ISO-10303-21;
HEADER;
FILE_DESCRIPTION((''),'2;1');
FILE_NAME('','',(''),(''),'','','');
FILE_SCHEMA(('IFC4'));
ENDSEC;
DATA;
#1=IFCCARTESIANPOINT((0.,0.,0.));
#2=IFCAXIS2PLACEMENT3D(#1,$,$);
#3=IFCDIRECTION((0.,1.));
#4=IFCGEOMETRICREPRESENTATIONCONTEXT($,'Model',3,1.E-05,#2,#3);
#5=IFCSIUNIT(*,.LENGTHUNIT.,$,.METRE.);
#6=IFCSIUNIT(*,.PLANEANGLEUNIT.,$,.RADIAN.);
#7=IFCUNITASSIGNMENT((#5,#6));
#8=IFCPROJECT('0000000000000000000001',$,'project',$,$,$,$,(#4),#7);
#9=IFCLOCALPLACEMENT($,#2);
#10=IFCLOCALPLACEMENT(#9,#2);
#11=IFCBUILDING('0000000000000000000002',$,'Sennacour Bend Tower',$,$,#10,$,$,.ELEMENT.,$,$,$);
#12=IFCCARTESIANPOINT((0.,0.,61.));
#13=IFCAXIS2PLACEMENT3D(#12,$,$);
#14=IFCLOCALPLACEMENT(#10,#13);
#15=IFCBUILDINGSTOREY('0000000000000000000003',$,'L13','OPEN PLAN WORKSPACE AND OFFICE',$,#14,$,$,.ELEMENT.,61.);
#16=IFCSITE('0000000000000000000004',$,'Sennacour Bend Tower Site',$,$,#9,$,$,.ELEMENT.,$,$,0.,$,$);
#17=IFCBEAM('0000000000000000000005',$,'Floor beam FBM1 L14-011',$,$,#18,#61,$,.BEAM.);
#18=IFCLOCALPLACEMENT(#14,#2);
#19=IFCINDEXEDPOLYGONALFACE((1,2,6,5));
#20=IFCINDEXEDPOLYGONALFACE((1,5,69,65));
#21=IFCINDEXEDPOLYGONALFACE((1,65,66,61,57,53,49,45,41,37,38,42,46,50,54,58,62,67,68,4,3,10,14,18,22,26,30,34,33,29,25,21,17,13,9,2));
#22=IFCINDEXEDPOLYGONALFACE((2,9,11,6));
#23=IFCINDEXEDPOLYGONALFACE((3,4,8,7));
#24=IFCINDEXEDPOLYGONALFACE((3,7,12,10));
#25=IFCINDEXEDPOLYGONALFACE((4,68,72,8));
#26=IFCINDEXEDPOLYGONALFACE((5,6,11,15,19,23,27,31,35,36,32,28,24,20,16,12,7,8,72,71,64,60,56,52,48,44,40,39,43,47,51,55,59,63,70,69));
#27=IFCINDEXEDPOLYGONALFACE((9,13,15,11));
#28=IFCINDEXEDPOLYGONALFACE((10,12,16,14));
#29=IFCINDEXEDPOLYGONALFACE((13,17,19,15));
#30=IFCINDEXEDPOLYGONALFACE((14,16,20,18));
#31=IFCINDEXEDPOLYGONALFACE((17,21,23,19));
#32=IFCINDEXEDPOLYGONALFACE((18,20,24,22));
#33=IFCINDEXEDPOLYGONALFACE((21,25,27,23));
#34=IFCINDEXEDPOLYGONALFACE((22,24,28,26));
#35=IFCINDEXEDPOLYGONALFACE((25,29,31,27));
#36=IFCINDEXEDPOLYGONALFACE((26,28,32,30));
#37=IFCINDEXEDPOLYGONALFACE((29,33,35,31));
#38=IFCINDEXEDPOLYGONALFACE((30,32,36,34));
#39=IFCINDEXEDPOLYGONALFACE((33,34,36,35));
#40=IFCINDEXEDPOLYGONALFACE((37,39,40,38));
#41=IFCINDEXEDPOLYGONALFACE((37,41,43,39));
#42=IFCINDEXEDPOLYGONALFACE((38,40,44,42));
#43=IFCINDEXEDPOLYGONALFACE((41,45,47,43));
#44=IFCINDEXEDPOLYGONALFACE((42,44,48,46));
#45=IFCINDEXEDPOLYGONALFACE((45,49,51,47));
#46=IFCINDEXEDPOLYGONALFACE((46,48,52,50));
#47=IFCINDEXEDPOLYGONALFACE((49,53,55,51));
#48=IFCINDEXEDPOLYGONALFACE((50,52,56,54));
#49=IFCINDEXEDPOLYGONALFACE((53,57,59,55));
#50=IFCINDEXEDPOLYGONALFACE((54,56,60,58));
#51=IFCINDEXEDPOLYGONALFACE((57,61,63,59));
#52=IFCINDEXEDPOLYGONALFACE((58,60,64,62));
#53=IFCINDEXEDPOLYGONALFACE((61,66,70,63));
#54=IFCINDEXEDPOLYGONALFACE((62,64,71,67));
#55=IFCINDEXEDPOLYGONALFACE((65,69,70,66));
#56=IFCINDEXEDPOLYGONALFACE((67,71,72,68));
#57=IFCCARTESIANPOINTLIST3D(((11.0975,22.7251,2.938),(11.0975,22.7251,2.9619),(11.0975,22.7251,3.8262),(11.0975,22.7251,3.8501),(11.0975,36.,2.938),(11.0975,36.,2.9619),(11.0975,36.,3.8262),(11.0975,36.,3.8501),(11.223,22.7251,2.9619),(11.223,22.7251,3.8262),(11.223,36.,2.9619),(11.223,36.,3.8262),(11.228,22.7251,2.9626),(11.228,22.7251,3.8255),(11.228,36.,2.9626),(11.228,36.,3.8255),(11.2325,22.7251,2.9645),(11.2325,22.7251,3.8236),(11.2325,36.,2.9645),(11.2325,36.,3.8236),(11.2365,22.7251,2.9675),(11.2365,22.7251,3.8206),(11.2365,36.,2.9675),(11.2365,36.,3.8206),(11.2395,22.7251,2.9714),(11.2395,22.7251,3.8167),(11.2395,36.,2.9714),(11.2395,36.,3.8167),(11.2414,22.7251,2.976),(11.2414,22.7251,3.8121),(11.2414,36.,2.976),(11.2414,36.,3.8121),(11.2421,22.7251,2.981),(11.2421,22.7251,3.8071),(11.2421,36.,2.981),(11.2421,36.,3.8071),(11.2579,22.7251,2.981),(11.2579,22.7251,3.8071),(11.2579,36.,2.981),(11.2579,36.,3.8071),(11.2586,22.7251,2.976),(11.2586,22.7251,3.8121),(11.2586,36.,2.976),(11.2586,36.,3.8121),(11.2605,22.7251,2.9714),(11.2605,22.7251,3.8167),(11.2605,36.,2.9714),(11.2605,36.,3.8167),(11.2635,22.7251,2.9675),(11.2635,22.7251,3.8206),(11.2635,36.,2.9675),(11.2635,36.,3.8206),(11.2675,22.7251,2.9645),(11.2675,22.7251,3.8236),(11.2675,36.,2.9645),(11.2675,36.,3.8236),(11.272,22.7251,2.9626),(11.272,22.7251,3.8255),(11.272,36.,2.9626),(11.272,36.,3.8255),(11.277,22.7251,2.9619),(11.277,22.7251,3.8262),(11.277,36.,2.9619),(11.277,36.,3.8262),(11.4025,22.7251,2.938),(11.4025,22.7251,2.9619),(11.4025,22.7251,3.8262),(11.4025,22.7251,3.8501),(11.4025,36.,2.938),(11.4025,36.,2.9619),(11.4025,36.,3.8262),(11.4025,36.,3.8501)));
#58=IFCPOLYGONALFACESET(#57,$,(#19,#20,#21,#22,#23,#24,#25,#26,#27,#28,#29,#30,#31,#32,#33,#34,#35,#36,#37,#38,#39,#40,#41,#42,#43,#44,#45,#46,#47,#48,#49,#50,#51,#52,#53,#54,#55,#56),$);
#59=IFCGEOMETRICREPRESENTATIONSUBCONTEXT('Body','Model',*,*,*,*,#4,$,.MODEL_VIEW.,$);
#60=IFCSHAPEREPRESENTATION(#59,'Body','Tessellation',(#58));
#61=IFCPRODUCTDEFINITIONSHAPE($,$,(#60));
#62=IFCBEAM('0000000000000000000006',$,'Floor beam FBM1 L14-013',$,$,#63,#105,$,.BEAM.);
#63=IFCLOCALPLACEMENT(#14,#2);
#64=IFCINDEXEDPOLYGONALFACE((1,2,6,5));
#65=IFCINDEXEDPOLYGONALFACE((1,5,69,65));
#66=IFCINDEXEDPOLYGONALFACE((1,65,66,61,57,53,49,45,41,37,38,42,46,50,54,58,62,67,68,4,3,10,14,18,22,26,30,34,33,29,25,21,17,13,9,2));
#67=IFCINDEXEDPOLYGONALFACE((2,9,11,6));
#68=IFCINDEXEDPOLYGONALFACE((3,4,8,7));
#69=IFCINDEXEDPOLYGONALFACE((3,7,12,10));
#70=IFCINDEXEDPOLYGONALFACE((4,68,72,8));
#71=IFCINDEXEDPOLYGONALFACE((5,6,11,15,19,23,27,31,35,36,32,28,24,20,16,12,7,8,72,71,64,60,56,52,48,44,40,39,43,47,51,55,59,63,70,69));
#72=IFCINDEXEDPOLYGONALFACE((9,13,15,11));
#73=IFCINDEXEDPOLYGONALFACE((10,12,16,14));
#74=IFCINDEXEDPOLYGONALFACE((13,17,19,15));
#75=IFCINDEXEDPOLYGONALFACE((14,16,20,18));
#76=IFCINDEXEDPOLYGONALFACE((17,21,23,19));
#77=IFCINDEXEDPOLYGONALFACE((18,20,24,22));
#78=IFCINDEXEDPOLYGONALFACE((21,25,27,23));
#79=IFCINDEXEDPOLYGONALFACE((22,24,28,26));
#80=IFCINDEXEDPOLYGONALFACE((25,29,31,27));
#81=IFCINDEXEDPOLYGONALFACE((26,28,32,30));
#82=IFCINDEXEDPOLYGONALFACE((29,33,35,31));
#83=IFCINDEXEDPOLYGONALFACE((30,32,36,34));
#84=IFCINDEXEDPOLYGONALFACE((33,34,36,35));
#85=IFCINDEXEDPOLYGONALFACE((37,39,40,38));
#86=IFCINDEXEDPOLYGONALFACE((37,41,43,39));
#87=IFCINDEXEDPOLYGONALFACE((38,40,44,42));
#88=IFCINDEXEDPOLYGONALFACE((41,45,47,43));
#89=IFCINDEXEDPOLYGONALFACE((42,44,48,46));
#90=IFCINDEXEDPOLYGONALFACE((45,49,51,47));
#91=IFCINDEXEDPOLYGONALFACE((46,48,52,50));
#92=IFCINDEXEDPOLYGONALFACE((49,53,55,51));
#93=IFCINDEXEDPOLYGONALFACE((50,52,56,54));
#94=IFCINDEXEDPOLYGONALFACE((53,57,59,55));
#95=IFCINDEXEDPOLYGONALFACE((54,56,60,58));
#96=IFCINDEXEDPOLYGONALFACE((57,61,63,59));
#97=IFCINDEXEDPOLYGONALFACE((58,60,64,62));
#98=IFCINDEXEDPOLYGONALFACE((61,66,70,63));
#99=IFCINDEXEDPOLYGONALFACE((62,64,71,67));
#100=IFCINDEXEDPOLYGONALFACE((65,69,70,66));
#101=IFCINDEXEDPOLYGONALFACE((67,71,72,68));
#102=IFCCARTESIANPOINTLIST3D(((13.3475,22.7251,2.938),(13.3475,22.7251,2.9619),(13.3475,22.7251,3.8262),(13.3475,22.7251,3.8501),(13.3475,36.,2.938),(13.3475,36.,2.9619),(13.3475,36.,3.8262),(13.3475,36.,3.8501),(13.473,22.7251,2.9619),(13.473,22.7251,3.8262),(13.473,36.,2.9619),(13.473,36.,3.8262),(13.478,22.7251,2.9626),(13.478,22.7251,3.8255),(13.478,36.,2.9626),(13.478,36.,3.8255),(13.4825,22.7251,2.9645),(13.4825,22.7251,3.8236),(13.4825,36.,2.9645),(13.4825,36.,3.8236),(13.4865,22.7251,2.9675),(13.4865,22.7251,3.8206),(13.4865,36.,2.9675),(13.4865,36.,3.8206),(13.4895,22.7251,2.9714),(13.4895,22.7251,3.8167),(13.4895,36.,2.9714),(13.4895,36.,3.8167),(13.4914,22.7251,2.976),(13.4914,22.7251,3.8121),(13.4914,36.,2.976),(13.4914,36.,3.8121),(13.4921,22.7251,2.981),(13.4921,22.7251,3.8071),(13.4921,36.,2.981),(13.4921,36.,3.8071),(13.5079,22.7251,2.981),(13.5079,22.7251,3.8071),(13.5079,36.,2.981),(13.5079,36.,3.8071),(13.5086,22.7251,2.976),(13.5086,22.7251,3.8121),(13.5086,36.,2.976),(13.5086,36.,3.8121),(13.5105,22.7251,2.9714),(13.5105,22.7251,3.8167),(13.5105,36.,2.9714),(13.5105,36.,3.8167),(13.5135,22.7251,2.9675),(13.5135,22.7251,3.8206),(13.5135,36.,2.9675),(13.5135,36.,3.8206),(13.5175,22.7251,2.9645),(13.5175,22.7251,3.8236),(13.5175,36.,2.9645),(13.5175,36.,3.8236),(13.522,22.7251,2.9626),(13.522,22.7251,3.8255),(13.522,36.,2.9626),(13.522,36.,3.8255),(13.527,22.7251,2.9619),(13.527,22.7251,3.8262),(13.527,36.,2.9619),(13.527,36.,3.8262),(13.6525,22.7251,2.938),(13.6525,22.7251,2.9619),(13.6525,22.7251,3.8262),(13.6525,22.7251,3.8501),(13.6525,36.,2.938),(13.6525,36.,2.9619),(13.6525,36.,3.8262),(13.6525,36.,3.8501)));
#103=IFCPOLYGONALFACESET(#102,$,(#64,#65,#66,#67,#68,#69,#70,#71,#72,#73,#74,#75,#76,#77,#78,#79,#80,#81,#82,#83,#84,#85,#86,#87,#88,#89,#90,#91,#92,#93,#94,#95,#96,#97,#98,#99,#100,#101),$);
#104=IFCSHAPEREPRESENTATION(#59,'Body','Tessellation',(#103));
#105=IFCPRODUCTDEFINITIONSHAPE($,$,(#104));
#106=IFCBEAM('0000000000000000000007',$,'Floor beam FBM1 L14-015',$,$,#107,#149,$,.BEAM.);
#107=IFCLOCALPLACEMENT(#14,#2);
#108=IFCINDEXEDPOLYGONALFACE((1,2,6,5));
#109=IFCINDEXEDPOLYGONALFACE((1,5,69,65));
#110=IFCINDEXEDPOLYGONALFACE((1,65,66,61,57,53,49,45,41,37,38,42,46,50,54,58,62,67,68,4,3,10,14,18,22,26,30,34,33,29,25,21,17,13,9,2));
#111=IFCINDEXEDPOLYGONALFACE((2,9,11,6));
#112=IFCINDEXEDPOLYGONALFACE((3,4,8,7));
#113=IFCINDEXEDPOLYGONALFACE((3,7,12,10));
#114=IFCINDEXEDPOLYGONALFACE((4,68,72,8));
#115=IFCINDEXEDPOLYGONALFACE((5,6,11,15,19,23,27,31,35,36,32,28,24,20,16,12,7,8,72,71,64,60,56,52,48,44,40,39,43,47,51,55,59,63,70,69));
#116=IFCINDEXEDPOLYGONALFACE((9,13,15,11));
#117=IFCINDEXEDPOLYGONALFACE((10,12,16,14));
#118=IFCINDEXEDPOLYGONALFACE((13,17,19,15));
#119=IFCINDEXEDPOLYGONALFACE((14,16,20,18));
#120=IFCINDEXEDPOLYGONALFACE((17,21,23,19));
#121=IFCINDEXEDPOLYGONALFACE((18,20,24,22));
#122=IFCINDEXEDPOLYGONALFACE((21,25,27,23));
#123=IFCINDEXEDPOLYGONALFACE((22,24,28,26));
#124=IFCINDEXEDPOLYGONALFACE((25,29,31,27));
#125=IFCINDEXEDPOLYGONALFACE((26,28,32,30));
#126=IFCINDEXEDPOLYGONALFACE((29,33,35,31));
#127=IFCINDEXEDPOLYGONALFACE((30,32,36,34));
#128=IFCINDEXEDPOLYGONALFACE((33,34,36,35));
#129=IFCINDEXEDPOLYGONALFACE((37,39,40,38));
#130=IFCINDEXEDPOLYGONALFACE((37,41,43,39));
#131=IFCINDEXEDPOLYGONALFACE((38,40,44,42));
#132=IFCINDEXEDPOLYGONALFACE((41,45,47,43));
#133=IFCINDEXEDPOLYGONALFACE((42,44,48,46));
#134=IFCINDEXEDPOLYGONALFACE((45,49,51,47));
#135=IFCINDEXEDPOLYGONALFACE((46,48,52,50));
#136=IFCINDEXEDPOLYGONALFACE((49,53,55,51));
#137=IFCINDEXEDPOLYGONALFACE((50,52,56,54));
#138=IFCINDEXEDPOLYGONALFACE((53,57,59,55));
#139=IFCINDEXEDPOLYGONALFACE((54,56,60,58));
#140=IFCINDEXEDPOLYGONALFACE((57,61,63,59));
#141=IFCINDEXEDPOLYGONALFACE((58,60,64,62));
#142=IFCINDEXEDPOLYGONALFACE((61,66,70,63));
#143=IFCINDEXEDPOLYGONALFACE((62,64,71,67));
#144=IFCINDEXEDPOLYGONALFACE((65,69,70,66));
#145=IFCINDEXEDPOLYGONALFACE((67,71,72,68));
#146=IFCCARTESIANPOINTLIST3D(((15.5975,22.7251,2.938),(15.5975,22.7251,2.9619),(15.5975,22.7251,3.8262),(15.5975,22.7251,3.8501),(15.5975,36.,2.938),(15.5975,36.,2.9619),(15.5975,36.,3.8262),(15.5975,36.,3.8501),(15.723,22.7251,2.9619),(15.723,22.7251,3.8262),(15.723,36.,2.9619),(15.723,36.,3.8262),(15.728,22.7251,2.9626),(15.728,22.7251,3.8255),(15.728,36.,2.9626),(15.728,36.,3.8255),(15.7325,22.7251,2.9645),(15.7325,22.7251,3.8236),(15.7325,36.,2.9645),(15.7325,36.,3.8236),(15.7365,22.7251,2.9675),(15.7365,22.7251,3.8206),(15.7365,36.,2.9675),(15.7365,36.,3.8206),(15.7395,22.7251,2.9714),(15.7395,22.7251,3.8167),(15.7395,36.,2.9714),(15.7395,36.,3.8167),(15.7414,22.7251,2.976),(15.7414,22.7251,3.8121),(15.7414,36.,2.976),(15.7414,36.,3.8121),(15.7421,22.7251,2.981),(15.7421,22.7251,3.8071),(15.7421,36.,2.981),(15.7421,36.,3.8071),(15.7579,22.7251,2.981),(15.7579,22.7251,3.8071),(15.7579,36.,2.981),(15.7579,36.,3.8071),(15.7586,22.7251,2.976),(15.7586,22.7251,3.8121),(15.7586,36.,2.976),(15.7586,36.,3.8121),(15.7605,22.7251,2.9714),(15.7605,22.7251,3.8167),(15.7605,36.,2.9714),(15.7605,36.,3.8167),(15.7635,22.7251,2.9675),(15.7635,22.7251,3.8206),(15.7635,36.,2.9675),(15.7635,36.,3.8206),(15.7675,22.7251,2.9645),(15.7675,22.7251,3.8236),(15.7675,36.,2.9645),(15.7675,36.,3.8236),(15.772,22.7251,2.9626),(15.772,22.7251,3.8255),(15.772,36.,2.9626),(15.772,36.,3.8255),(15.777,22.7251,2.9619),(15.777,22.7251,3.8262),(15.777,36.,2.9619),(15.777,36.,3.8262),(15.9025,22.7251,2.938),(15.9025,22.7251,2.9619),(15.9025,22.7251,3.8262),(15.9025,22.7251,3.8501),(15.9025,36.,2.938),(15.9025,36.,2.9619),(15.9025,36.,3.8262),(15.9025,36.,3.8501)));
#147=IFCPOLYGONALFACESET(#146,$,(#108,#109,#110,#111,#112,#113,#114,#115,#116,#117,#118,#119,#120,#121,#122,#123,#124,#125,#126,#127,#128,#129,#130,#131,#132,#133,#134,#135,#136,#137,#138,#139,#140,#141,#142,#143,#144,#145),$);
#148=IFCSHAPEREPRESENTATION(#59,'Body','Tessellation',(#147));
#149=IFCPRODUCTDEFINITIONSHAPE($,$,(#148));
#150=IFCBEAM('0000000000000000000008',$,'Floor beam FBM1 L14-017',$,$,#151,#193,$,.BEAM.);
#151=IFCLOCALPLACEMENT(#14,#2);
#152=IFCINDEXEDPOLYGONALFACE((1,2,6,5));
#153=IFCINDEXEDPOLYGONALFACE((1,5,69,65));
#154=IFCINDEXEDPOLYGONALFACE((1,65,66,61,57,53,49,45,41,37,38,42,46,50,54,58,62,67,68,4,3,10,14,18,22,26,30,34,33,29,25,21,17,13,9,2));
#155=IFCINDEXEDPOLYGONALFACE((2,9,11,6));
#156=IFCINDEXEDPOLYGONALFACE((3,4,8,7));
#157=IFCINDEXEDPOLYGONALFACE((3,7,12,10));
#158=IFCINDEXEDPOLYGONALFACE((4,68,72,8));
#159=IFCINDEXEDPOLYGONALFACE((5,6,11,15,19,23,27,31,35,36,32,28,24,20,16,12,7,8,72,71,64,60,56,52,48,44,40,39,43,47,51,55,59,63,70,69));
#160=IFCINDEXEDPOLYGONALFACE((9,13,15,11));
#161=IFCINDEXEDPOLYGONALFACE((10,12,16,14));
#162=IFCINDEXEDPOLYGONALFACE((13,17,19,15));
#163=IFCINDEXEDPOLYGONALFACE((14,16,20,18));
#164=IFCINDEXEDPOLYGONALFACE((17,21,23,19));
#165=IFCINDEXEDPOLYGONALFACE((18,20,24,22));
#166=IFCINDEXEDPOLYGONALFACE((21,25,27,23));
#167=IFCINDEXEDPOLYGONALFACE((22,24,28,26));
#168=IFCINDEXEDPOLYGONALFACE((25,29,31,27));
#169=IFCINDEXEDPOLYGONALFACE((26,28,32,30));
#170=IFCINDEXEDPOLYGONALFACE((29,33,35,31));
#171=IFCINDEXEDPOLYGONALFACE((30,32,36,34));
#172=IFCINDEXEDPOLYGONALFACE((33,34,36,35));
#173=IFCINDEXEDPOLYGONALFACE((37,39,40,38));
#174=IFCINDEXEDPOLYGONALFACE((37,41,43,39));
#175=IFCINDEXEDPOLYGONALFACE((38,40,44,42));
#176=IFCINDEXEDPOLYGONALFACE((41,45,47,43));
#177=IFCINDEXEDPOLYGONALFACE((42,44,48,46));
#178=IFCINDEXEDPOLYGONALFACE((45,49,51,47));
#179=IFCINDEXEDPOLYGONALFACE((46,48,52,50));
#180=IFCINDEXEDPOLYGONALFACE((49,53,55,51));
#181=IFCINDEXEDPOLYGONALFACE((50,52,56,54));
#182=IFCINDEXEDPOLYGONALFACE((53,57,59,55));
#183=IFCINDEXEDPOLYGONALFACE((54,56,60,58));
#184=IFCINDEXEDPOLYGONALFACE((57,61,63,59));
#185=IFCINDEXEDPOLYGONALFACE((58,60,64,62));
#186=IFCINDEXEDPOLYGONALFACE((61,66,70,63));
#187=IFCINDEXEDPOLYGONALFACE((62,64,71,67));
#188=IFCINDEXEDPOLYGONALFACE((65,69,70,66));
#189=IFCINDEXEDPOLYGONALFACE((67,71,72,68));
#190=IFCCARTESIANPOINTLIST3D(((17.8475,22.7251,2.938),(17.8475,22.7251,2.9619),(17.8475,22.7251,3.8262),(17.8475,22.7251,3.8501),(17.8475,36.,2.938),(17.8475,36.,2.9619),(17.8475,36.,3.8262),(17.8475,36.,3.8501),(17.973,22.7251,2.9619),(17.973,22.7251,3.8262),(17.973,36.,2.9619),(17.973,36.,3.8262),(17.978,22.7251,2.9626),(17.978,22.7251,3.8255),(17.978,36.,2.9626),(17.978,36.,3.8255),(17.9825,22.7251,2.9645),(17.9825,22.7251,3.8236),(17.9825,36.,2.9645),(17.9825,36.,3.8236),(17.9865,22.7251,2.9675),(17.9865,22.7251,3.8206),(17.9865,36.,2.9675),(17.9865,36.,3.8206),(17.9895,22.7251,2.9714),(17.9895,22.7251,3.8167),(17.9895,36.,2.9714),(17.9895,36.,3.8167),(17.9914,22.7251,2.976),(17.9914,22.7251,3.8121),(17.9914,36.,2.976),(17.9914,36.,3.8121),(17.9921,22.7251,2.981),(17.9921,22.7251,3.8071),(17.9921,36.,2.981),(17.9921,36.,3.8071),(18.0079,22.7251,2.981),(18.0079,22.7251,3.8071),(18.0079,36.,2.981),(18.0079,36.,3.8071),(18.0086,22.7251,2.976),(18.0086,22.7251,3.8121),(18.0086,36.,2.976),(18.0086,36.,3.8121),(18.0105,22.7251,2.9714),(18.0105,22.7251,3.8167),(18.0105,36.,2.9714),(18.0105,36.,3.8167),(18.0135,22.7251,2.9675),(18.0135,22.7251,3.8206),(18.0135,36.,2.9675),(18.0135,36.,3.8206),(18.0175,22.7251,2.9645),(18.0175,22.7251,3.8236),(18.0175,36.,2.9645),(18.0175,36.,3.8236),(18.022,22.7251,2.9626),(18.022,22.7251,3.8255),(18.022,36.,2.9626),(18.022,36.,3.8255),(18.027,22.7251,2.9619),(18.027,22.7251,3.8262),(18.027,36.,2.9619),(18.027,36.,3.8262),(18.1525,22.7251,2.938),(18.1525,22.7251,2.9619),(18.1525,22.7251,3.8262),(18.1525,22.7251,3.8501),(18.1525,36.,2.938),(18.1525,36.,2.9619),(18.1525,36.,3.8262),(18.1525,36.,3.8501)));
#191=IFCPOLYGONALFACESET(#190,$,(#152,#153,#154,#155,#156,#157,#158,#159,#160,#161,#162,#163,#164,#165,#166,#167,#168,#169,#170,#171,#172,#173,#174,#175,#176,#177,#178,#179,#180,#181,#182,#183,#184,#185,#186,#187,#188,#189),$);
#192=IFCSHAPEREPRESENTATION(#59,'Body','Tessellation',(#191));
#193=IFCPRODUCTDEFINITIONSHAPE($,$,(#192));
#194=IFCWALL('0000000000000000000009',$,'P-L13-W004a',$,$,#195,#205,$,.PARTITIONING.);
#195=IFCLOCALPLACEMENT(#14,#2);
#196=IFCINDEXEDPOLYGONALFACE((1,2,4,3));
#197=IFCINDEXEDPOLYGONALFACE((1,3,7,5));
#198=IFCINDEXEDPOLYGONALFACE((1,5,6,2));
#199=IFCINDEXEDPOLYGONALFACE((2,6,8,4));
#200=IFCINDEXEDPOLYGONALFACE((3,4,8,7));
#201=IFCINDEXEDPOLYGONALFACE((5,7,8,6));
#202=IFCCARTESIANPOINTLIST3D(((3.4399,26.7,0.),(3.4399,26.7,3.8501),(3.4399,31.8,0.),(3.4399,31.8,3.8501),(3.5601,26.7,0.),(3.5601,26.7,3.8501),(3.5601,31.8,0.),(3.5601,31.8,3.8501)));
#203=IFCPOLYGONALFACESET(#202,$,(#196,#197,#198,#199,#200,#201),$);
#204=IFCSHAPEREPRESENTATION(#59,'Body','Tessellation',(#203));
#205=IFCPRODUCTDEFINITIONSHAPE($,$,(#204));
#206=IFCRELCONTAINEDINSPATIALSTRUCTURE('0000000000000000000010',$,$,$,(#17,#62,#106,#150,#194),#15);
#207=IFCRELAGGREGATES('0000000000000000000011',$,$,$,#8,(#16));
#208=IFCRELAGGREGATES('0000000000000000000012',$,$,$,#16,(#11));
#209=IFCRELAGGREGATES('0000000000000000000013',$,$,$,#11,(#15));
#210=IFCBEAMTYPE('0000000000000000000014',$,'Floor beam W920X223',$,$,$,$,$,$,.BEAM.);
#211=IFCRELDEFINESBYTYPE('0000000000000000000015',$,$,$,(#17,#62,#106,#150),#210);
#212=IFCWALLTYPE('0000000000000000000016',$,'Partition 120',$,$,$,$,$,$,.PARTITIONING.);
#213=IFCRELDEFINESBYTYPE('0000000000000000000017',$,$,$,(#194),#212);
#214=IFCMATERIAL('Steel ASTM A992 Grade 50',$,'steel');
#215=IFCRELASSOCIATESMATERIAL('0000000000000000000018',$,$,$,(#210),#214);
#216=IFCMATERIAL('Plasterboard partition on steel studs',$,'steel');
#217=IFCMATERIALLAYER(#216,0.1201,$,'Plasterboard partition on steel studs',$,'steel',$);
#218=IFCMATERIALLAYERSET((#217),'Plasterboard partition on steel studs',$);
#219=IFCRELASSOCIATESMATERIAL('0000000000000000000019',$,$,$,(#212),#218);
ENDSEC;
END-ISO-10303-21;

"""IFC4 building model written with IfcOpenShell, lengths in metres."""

from ifc_helpers import new_model, si_unit, direction, frame, frame_2d, origin, origin_2d, place, context, subcontext, project, spatial, rectangle, i_section, extrude, material, layer, layer_set, material_profile, profile_set, type_object, element, save


model = new_model("IFC4")

# Units and contexts
model_context = context("Model", 3, precision=1e-05, world=origin(), true_north=direction((0.0, 1.0)))
body_context = subcontext(model_context, "Body", "Model", "MODEL_VIEW")
ifc_project = project(units=[si_unit("LENGTHUNIT", "METRE"), si_unit("PLANEANGLEUNIT", "RADIAN")], contexts=[model_context])

# Site, building, storey
site_placement = place(None, origin())
site = spatial("IfcSite", under=ifc_project, at=site_placement, Name="Sennacour Bend Tower Site", CompositionType="ELEMENT", RefElevation=0.0)
building_placement = place(site_placement, origin())
building = spatial("IfcBuilding", under=site, at=building_placement, Name="Sennacour Bend Tower", CompositionType="ELEMENT")
storey_placement = place(building_placement, frame((0.0, 0.0, 61.0)))
storey = spatial("IfcBuildingStorey", under=building, at=storey_placement, Name="L13", Description="OPEN PLAN WORKSPACE AND OFFICE", CompositionType="ELEMENT", Elevation=61.0)

# Beams
ifc_material_1 = material(Name="Steel ASTM A992 Grade 50", Category="steel")
ifc_material_profile = material_profile(ifc_material_1, i_section(OverallWidth=0.3049, OverallDepth=0.9121, WebThickness=0.0159, FlangeThickness=0.0239, FilletRadius=0.019, at=origin_2d()), Name="Steel ASTM A992 Grade 50", Category="steel")
ifc_profile_set = profile_set([ifc_material_profile], Name="Steel ASTM A992 Grade 50")
beam_type = type_object("IfcBeamType", Name="Floor beam W920X223", PredefinedType="BEAM", material=ifc_profile_set)
for number, where, z_axis, x_axis, name in (
    (1, (11.25, 22.7251, 3.394), (0.0, 1.0, 0.0), (-1.0, 0.0, 0.0), "Floor beam FBM1 L14-011"),
    (2, (13.5, 22.7251, 3.394), (0.0, 1.0, 0.0), (-1.0, 0.0, 0.0), "Floor beam FBM1 L14-013"),
    (3, (15.75, 22.7251, 3.394), (0.0, 1.0, 0.0), (-1.0, 0.0, 0.0), "Floor beam FBM1 L14-015"),
    (4, (18.0, 22.7251, 3.394), (0.0, 1.0, 0.0), (-1.0, 0.0, 0.0), "Floor beam FBM1 L14-017"),
):
    element("IfcBeam", number, at=place(storey_placement, frame(where, z_axis=z_axis, x_axis=x_axis)), inside=storey, type_object=beam_type, Name=name, PredefinedType="BEAM", context=body_context, shape_type="SweptSolid", body=[
        extrude(i_section(OverallWidth=0.3049, OverallDepth=0.9121, WebThickness=0.0159, FlangeThickness=0.0239, FilletRadius=0.019, at=origin_2d()), origin(), (0.0, 0.0, 1.0), 13.2749),
    ])

# Wall
ifc_material_2 = material(Name="Plasterboard partition on steel studs", Category="steel")
ifc_layer_1 = layer(ifc_material_2, 0.1201, Name="Plasterboard partition on steel studs", Category="steel")
ifc_layer_set_1 = layer_set([ifc_layer_1], Name="Plasterboard partition on steel studs")
wall_type_1 = type_object("IfcWallType", Name="Partition 120", PredefinedType="PARTITIONING", material=ifc_layer_set_1)
for number, where, z_axis, x_axis, name in (
    (5, (3.5, 26.7, 0.0), (0.0, 0.0, 1.0), (0.0, 1.0, 0.0), "P-L13-W004a"),
):
    element("IfcWall", number, at=place(storey_placement, frame(where, z_axis=z_axis, x_axis=x_axis)), inside=storey, type_object=wall_type_1, Name=name, PredefinedType="PARTITIONING", context=body_context, shape_type="SweptSolid", body=[
        extrude(rectangle(XDim=5.1001, YDim=0.1201, at=frame_2d((2.55, 0.0))), origin(), (0.0, 0.0, 1.0), 3.8501),
    ])

save(model, "model.ifc")
